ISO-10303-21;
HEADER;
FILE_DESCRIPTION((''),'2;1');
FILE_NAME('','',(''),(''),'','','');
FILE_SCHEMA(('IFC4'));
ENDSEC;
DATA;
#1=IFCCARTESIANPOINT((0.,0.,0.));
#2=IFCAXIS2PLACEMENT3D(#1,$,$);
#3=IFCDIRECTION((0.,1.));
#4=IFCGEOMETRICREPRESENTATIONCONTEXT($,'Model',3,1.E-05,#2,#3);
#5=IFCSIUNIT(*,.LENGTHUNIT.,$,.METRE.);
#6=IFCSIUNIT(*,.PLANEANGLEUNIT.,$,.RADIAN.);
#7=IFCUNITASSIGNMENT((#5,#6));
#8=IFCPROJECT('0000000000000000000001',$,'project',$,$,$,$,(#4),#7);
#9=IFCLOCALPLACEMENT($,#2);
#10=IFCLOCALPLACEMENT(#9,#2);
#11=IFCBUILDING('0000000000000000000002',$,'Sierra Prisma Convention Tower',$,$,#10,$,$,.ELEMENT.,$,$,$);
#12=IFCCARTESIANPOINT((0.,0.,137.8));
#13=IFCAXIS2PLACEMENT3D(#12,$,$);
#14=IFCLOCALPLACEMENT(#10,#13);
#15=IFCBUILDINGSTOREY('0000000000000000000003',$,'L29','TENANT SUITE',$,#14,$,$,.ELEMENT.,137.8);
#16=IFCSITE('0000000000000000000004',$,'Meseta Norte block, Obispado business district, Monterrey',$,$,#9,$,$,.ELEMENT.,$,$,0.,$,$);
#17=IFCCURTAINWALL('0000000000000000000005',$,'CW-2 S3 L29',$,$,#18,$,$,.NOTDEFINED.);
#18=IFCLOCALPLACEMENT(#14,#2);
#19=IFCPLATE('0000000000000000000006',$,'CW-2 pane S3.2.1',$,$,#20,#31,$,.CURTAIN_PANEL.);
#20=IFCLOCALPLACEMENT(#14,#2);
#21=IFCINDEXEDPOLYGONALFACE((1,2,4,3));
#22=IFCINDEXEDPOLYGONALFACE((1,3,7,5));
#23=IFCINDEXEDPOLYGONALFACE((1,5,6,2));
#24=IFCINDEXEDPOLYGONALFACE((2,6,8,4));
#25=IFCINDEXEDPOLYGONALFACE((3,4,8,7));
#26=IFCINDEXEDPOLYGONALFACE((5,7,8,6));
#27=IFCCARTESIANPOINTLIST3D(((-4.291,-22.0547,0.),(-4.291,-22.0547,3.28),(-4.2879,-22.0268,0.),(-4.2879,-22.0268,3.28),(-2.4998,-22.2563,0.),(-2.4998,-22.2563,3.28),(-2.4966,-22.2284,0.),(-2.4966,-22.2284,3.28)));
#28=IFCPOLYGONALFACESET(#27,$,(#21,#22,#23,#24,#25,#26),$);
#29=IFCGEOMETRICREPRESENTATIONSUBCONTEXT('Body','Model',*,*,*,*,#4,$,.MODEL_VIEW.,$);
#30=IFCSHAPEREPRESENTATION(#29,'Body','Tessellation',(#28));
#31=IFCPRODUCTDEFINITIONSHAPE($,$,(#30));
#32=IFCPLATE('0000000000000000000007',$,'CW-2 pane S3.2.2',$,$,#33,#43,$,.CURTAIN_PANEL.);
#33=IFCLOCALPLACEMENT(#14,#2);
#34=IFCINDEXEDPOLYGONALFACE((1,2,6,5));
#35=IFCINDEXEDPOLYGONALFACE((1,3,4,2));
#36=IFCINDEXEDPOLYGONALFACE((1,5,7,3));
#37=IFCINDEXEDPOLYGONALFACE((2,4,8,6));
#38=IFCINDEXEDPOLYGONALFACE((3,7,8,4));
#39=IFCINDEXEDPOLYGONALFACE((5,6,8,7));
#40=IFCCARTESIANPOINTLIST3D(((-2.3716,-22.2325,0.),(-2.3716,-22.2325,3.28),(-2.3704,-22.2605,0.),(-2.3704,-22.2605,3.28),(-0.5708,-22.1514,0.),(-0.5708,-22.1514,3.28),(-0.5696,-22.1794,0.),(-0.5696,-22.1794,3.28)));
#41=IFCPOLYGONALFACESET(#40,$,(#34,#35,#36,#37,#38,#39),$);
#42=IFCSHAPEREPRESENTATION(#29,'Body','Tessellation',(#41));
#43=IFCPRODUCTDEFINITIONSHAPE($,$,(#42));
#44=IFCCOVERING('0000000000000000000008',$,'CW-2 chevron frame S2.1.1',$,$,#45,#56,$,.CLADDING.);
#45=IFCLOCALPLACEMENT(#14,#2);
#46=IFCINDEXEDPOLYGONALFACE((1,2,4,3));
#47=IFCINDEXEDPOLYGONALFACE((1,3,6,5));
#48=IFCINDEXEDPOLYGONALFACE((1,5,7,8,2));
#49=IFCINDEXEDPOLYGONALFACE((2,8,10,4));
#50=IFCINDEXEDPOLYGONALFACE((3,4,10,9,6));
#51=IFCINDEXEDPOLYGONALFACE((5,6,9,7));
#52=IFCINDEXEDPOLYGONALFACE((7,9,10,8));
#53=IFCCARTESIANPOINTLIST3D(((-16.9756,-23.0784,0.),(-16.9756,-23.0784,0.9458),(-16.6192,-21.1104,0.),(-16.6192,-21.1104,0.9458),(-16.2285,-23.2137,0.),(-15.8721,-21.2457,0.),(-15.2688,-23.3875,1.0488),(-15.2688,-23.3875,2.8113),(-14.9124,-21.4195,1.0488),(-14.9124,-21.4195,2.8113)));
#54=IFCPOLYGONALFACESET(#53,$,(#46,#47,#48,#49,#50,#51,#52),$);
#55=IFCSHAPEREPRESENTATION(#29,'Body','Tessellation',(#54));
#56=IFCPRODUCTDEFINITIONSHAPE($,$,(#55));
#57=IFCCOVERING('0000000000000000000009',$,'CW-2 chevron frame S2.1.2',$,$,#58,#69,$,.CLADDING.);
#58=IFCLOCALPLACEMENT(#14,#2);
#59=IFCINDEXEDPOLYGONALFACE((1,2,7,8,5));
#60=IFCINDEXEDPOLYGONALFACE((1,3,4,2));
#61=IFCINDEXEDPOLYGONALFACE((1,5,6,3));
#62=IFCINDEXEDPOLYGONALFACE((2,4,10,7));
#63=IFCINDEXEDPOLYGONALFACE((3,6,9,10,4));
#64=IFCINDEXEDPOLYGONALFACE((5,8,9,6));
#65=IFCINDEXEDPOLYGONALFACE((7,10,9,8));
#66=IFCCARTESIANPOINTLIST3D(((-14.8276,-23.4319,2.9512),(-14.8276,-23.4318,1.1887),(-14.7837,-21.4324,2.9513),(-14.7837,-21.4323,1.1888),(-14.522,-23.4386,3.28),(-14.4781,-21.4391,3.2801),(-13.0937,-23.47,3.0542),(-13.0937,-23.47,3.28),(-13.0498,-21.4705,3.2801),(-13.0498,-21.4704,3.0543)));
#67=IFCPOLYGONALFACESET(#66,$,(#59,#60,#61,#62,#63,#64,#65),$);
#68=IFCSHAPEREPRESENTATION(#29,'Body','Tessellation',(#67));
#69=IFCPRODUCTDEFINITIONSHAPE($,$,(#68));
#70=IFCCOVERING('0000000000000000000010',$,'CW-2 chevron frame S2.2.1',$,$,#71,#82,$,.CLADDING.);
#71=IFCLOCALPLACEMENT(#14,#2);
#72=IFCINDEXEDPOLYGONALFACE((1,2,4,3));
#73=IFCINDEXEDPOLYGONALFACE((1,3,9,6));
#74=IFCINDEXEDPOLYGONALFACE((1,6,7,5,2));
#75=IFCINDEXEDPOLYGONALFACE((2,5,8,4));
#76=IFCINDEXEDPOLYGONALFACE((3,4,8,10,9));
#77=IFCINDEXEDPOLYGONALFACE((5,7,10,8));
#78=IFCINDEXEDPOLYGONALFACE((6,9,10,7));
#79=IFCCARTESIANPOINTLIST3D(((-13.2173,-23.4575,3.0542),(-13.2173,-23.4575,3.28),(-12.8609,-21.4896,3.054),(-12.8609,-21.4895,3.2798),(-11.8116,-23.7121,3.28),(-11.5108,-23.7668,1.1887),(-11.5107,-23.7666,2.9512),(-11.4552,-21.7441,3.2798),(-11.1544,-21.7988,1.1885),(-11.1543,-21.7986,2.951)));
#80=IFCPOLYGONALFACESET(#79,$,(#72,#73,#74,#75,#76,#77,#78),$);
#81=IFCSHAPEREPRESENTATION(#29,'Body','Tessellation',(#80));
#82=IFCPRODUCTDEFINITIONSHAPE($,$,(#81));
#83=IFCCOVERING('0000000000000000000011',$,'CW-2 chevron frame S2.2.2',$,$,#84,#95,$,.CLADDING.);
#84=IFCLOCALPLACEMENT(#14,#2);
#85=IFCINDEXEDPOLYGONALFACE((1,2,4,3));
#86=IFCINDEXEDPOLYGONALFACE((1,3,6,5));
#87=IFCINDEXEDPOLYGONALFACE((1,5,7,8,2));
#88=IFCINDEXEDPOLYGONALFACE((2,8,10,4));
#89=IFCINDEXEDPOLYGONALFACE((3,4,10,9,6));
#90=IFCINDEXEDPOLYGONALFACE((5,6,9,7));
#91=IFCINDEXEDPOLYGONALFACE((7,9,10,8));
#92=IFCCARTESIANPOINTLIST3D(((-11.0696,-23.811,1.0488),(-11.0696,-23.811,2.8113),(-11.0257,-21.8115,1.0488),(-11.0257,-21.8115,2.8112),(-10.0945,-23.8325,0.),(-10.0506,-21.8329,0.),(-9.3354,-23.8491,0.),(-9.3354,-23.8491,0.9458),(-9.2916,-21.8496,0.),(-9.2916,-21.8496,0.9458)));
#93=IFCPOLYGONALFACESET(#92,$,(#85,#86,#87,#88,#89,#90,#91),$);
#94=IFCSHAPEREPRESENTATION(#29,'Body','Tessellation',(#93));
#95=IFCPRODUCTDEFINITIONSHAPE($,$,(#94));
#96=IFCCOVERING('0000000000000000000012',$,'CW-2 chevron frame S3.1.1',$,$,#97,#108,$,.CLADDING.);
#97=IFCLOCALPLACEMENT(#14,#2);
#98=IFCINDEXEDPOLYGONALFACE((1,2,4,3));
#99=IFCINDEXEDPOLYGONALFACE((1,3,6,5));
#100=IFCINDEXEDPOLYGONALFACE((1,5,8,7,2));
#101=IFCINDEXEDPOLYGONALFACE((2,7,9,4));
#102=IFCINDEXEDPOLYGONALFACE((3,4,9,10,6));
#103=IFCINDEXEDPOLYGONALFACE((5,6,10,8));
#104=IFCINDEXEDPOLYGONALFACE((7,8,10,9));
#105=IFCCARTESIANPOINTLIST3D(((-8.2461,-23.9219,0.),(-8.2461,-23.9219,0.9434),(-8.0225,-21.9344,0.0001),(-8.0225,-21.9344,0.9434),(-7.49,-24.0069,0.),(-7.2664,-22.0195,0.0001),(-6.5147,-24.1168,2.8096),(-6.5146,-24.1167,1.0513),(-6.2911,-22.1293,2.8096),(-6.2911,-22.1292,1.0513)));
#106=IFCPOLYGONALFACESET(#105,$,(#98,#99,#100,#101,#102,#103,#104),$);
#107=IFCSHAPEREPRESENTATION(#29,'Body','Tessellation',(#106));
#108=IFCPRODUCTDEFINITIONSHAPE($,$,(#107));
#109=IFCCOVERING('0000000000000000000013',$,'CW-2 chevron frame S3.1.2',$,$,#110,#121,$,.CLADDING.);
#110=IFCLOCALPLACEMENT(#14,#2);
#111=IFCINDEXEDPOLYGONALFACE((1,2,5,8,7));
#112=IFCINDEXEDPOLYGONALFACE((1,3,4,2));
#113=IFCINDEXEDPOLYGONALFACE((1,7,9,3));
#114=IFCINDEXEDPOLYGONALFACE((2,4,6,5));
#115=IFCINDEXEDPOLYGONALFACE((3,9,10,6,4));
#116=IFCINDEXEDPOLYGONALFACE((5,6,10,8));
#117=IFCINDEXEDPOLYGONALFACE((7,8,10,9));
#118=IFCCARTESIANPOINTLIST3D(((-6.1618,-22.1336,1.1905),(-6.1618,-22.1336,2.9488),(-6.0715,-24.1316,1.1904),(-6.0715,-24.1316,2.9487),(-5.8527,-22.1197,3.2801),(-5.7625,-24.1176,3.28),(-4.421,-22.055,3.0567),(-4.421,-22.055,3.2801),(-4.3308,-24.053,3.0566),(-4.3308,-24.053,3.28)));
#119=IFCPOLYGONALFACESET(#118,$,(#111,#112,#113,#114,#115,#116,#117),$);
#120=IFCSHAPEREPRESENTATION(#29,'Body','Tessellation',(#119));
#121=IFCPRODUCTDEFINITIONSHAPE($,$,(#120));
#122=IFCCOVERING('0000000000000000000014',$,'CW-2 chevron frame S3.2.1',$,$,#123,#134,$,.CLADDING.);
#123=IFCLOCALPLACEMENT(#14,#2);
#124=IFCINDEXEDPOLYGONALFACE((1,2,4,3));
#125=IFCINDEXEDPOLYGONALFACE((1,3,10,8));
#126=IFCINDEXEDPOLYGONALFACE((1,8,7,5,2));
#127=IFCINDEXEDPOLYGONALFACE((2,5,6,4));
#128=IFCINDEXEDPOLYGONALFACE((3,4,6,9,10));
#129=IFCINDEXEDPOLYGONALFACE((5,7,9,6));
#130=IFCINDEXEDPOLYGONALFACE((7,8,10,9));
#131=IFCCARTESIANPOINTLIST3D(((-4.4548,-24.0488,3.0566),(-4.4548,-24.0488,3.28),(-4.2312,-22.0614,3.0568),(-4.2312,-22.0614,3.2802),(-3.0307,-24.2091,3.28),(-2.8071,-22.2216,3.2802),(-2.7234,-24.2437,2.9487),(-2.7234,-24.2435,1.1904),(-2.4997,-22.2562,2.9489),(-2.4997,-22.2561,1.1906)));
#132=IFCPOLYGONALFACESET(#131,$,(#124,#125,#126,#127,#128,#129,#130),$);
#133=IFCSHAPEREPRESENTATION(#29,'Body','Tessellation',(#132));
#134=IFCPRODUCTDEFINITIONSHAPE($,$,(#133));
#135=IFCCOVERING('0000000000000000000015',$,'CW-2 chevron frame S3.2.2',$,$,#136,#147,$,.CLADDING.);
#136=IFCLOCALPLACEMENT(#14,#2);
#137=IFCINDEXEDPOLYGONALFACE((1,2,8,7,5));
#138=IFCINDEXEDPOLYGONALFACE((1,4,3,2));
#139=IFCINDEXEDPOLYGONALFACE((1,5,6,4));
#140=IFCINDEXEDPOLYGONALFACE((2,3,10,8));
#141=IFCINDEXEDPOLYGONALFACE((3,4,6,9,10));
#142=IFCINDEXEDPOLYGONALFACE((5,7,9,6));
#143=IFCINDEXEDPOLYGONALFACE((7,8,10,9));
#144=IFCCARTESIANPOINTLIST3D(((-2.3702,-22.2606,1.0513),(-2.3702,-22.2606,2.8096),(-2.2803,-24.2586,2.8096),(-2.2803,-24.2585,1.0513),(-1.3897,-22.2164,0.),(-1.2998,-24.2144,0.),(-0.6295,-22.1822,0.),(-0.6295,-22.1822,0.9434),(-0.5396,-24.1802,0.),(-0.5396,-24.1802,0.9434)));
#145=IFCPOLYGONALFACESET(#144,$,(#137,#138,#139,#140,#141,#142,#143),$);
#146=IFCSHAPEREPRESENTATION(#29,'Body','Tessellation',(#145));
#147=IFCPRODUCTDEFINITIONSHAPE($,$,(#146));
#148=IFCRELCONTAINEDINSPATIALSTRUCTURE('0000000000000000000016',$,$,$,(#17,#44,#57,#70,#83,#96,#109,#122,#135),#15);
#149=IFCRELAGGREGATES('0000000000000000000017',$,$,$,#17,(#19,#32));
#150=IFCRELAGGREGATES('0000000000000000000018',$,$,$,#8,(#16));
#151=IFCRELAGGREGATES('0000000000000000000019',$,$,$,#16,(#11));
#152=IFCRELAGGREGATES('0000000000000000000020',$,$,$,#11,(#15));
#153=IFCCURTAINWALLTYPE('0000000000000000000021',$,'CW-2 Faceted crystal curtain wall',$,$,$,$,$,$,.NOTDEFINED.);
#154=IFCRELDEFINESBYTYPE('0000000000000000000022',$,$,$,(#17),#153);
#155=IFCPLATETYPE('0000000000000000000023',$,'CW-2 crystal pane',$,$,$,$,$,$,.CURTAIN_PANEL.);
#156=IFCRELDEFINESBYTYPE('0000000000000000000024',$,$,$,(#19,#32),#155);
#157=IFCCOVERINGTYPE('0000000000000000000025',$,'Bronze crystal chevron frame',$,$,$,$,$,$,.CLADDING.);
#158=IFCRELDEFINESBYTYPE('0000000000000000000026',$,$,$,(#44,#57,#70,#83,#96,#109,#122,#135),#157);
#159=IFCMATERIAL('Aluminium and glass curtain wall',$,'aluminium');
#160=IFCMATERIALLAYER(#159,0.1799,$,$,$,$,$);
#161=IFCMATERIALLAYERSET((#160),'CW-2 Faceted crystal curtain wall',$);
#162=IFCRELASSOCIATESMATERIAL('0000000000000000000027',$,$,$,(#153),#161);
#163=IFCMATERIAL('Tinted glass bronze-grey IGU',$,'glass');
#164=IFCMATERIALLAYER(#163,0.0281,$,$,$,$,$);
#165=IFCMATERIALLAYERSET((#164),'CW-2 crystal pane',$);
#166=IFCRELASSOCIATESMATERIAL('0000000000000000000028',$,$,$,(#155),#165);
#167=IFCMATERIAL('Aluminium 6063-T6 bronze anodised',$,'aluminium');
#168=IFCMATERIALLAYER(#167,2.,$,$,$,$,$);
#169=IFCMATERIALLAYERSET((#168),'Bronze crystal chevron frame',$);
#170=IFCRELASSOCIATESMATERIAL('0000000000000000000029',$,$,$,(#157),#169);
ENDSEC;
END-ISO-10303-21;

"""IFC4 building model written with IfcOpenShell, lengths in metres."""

from ifc_helpers import new_model, si_unit, direction, frame, origin, place, context, subcontext, project, spatial, polyline, outline, extrude, material, layer, layer_set, type_object, element, aggregate, save


model = new_model("IFC4")

# Units and contexts
model_context = context("Model", 3, precision=1e-05, world=origin(), true_north=direction((0.0, 1.0)))
body_context = subcontext(model_context, "Body", "Model", "MODEL_VIEW")
ifc_project = project(units=[si_unit("LENGTHUNIT", "METRE"), si_unit("PLANEANGLEUNIT", "RADIAN")], contexts=[model_context])

# Site, building, storey
site_placement = place(None, origin())
site = spatial("IfcSite", under=ifc_project, at=site_placement, Name="Meseta Norte block, Obispado business district, Monterrey", CompositionType="ELEMENT", RefElevation=0.0)
building_placement = place(site_placement, origin())
building = spatial("IfcBuilding", under=site, at=building_placement, Name="Sierra Prisma Convention Tower", CompositionType="ELEMENT")
storey_placement = place(building_placement, frame((0.0, 0.0, 137.8)))
storey = spatial("IfcBuildingStorey", under=building, at=storey_placement, Name="L29", Description="TENANT SUITE", CompositionType="ELEMENT", Elevation=137.8)

# Curtain wall
ifc_material_1 = material(Name="Aluminium and glass curtain wall", Category="aluminium")
ifc_layer_1 = layer(ifc_material_1, 0.1799)
ifc_layer_set_1 = layer_set([ifc_layer_1], Name="CW-2 Faceted crystal curtain wall")
curtain_wall_type = type_object("IfcCurtainWallType", Name="CW-2 Faceted crystal curtain wall", PredefinedType="NOTDEFINED", material=ifc_layer_set_1)
curtain_wall_1_placement = place(storey_placement, origin())
curtain_wall_1 = element("IfcCurtainWall", 1, at=curtain_wall_1_placement, inside=storey, type_object=curtain_wall_type, Name="CW-2 S3 L29", PredefinedType="NOTDEFINED")

# Shared definitions
ifc_material_2 = material(Name="Tinted glass bronze-grey IGU", Category="glass")
ifc_layer_2 = layer(ifc_material_2, 0.0281)
ifc_layer_set_2 = layer_set([ifc_layer_2], Name="CW-2 crystal pane")
plate_type = type_object("IfcPlateType", Name="CW-2 crystal pane", PredefinedType="CURTAIN_PANEL", material=ifc_layer_set_2)

# Plates
plate_1_placement = place(storey_placement, frame((-4.291, -22.0547, 0.0), z_axis=(-0.111873, -0.993722, 0.0), x_axis=(0.993722, -0.111873, 0.0)))
plate_1 = element("IfcPlate", 2, at=plate_1_placement, type_object=plate_type, Name="CW-2 pane S3.2.1", PredefinedType="CURTAIN_PANEL", context=body_context, shape_type="SweptSolid", body=[
    extrude(outline(polyline([(0.0, 0.0), (1.8026, 0.0), (1.8026, 3.28), (0.0, 3.28), (0.0, 0.0)])), origin(), (0.0, 0.0, -1.0), 0.0281),
])
plate_2_placement = place(storey_placement, frame((-0.5696, -22.1794, 0.0), z_axis=(0.044965, -0.998989, 0.0), x_axis=(-0.998989, -0.044965, 0.0)))
plate_2 = element("IfcPlate", 3, at=plate_2_placement, type_object=plate_type, Name="CW-2 pane S3.2.2", PredefinedType="CURTAIN_PANEL", context=body_context, shape_type="SweptSolid", body=[
    extrude(outline(polyline([(0.0, 0.0), (1.8026, 0.0), (1.8026, -3.28), (0.0, -3.28), (0.0, 0.0)])), origin(), (0.0, 0.0, -1.0), 0.0281),
])
aggregate(curtain_wall_1, [plate_1, plate_2])

# Coverings
ifc_material_3 = material(Name="Aluminium 6063-T6 bronze anodised", Category="aluminium")
ifc_layer_3 = layer(ifc_material_3, 2.0)
ifc_layer_set_3 = layer_set([ifc_layer_3], Name="Bronze crystal chevron frame")
covering_type = type_object("IfcCoveringType", Name="Bronze crystal chevron frame", PredefinedType="CLADDING", material=ifc_layer_set_3)
covering_1_placement = place(storey_placement, frame((-16.9756, -23.0784, 0.0), z_axis=(-0.178186, -0.983997, -0.00001), x_axis=(0.983997, -0.178186, 0.0)))
element("IfcCovering", 4, at=covering_1_placement, inside=storey, type_object=covering_type, Name="CW-2 chevron frame S2.1.1", PredefinedType="CLADDING", context=body_context, shape_type="SweptSolid", body=[
    extrude(outline(polyline([(0.0, 0.0), (0.7592, 0.0), (1.7345, 1.0488), (1.7345, 2.8113), (0.0, 0.9458), (0.0, 0.0)])), origin(), (0.0, 0.0, -1.0), 2.0),
])
covering_2_placement = place(storey_placement, frame((-14.8276, -23.4319, 2.9512), z_axis=(-0.02195, -0.999759, -0.000054), x_axis=(0.000001, 0.000054, -1.0)))
element("IfcCovering", 5, at=covering_2_placement, inside=storey, type_object=covering_type, Name="CW-2 chevron frame S2.1.2", PredefinedType="CLADDING", context=body_context, shape_type="SweptSolid", body=[
    extrude(outline(polyline([(0.0, 0.0), (1.7625, 0.0), (-0.103, 1.7343), (-0.3289, 1.7343), (-0.3289, 0.3057), (0.0, 0.0)])), origin(), (0.0, 0.0, -1.0), 2.0),
])
covering_3_placement = place(storey_placement, frame((-13.2173, -23.4575, 3.28), z_axis=(-0.178199, -0.983994, 0.000092), x_axis=(-0.000016, -0.000091, -1.0)))
element("IfcCovering", 6, at=covering_3_placement, inside=storey, type_object=covering_type, Name="CW-2 chevron frame S2.2.1", PredefinedType="CLADDING", context=body_context, shape_type="SweptSolid", body=[
    extrude(outline(polyline([(0.0, 0.0), (0.2258, 0.0), (2.0913, 1.7343), (0.3289, 1.7343), (0.0, 1.4286), (0.0, 0.0)])), origin(), (0.0, 0.0, -1.0), 2.0),
])
covering_4_placement = place(storey_placement, frame((-9.3354, -23.8491, 0.0), z_axis=(-0.021944, -0.999759, 0.000022), x_axis=(0.0, 0.000022, 1.0)))
element("IfcCovering", 7, at=covering_4_placement, inside=storey, type_object=covering_type, Name="CW-2 chevron frame S2.2.2", PredefinedType="CLADDING", context=body_context, shape_type="SweptSolid", body=[
    extrude(outline(polyline([(0.0, 0.0), (0.9458, 0.0), (2.8113, 1.7345), (1.0488, 1.7345), (0.0, 0.7592), (0.0, 0.0)])), origin(), (0.0, 0.0, -1.0), 2.0),
])
covering_5_placement = place(storey_placement, frame((-8.2461, -23.9219, 0.0), z_axis=(-0.111794, -0.993731, -0.000037), x_axis=(0.993731, -0.111794, 0.0)))
element("IfcCovering", 8, at=covering_5_placement, inside=storey, type_object=covering_type, Name="CW-2 chevron frame S3.1.1", PredefinedType="CLADDING", context=body_context, shape_type="SweptSolid", body=[
    extrude(outline(polyline([(0.0, 0.0), (0.7609, 0.0), (1.7424, 1.0513), (1.7424, 2.8096), (0.0, 0.9434), (0.0, 0.0)])), origin(), (0.0, 0.0, -1.0), 2.0),
])
covering_6_placement = place(storey_placement, frame((-6.0715, -24.1316, 2.9487), z_axis=(0.045119, -0.998982, -0.000019), x_axis=(-0.000001, 0.000019, -1.0)))
element("IfcCovering", 9, at=covering_6_placement, inside=storey, type_object=covering_type, Name="CW-2 chevron frame S3.1.2", PredefinedType="CLADDING", context=body_context, shape_type="SweptSolid", body=[
    extrude(outline(polyline([(0.0, 0.0), (1.7583, 0.0), (-0.1079, 1.7425), (-0.3313, 1.7425), (-0.3313, 0.3094), (0.0, 0.0)])), origin(), (0.0, 0.0, -1.0), 2.0),
])
covering_7_placement = place(storey_placement, frame((-4.4548, -24.0488, 3.28), z_axis=(-0.111829, -0.993727, -0.000071), x_axis=(0.000008, 0.000071, -1.0)))
element("IfcCovering", 10, at=covering_7_placement, inside=storey, type_object=covering_type, Name="CW-2 chevron frame S3.2.1", PredefinedType="CLADDING", context=body_context, shape_type="SweptSolid", body=[
    extrude(outline(polyline([(0.0, 0.0), (0.2234, 0.0), (2.0896, 1.7424), (0.3313, 1.7424), (0.0, 1.4331), (0.0, 0.0)])), origin(), (0.0, 0.0, -1.0), 2.0),
])
covering_8_placement = place(storey_placement, frame((-0.5396, -24.1802, 0.0), z_axis=(0.044966, -0.998989, -0.000015), x_axis=(0.000001, -0.000015, 1.0)))
element("IfcCovering", 11, at=covering_8_placement, inside=storey, type_object=covering_type, Name="CW-2 chevron frame S3.2.2", PredefinedType="CLADDING", context=body_context, shape_type="SweptSolid", body=[
    extrude(outline(polyline([(0.0, 0.0), (0.9434, 0.0), (2.8096, 1.7425), (1.0513, 1.7425), (0.0, 0.761), (0.0, 0.0)])), origin(), (0.0, 0.0, -1.0), 2.0),
])

save(model, "model.ifc")
